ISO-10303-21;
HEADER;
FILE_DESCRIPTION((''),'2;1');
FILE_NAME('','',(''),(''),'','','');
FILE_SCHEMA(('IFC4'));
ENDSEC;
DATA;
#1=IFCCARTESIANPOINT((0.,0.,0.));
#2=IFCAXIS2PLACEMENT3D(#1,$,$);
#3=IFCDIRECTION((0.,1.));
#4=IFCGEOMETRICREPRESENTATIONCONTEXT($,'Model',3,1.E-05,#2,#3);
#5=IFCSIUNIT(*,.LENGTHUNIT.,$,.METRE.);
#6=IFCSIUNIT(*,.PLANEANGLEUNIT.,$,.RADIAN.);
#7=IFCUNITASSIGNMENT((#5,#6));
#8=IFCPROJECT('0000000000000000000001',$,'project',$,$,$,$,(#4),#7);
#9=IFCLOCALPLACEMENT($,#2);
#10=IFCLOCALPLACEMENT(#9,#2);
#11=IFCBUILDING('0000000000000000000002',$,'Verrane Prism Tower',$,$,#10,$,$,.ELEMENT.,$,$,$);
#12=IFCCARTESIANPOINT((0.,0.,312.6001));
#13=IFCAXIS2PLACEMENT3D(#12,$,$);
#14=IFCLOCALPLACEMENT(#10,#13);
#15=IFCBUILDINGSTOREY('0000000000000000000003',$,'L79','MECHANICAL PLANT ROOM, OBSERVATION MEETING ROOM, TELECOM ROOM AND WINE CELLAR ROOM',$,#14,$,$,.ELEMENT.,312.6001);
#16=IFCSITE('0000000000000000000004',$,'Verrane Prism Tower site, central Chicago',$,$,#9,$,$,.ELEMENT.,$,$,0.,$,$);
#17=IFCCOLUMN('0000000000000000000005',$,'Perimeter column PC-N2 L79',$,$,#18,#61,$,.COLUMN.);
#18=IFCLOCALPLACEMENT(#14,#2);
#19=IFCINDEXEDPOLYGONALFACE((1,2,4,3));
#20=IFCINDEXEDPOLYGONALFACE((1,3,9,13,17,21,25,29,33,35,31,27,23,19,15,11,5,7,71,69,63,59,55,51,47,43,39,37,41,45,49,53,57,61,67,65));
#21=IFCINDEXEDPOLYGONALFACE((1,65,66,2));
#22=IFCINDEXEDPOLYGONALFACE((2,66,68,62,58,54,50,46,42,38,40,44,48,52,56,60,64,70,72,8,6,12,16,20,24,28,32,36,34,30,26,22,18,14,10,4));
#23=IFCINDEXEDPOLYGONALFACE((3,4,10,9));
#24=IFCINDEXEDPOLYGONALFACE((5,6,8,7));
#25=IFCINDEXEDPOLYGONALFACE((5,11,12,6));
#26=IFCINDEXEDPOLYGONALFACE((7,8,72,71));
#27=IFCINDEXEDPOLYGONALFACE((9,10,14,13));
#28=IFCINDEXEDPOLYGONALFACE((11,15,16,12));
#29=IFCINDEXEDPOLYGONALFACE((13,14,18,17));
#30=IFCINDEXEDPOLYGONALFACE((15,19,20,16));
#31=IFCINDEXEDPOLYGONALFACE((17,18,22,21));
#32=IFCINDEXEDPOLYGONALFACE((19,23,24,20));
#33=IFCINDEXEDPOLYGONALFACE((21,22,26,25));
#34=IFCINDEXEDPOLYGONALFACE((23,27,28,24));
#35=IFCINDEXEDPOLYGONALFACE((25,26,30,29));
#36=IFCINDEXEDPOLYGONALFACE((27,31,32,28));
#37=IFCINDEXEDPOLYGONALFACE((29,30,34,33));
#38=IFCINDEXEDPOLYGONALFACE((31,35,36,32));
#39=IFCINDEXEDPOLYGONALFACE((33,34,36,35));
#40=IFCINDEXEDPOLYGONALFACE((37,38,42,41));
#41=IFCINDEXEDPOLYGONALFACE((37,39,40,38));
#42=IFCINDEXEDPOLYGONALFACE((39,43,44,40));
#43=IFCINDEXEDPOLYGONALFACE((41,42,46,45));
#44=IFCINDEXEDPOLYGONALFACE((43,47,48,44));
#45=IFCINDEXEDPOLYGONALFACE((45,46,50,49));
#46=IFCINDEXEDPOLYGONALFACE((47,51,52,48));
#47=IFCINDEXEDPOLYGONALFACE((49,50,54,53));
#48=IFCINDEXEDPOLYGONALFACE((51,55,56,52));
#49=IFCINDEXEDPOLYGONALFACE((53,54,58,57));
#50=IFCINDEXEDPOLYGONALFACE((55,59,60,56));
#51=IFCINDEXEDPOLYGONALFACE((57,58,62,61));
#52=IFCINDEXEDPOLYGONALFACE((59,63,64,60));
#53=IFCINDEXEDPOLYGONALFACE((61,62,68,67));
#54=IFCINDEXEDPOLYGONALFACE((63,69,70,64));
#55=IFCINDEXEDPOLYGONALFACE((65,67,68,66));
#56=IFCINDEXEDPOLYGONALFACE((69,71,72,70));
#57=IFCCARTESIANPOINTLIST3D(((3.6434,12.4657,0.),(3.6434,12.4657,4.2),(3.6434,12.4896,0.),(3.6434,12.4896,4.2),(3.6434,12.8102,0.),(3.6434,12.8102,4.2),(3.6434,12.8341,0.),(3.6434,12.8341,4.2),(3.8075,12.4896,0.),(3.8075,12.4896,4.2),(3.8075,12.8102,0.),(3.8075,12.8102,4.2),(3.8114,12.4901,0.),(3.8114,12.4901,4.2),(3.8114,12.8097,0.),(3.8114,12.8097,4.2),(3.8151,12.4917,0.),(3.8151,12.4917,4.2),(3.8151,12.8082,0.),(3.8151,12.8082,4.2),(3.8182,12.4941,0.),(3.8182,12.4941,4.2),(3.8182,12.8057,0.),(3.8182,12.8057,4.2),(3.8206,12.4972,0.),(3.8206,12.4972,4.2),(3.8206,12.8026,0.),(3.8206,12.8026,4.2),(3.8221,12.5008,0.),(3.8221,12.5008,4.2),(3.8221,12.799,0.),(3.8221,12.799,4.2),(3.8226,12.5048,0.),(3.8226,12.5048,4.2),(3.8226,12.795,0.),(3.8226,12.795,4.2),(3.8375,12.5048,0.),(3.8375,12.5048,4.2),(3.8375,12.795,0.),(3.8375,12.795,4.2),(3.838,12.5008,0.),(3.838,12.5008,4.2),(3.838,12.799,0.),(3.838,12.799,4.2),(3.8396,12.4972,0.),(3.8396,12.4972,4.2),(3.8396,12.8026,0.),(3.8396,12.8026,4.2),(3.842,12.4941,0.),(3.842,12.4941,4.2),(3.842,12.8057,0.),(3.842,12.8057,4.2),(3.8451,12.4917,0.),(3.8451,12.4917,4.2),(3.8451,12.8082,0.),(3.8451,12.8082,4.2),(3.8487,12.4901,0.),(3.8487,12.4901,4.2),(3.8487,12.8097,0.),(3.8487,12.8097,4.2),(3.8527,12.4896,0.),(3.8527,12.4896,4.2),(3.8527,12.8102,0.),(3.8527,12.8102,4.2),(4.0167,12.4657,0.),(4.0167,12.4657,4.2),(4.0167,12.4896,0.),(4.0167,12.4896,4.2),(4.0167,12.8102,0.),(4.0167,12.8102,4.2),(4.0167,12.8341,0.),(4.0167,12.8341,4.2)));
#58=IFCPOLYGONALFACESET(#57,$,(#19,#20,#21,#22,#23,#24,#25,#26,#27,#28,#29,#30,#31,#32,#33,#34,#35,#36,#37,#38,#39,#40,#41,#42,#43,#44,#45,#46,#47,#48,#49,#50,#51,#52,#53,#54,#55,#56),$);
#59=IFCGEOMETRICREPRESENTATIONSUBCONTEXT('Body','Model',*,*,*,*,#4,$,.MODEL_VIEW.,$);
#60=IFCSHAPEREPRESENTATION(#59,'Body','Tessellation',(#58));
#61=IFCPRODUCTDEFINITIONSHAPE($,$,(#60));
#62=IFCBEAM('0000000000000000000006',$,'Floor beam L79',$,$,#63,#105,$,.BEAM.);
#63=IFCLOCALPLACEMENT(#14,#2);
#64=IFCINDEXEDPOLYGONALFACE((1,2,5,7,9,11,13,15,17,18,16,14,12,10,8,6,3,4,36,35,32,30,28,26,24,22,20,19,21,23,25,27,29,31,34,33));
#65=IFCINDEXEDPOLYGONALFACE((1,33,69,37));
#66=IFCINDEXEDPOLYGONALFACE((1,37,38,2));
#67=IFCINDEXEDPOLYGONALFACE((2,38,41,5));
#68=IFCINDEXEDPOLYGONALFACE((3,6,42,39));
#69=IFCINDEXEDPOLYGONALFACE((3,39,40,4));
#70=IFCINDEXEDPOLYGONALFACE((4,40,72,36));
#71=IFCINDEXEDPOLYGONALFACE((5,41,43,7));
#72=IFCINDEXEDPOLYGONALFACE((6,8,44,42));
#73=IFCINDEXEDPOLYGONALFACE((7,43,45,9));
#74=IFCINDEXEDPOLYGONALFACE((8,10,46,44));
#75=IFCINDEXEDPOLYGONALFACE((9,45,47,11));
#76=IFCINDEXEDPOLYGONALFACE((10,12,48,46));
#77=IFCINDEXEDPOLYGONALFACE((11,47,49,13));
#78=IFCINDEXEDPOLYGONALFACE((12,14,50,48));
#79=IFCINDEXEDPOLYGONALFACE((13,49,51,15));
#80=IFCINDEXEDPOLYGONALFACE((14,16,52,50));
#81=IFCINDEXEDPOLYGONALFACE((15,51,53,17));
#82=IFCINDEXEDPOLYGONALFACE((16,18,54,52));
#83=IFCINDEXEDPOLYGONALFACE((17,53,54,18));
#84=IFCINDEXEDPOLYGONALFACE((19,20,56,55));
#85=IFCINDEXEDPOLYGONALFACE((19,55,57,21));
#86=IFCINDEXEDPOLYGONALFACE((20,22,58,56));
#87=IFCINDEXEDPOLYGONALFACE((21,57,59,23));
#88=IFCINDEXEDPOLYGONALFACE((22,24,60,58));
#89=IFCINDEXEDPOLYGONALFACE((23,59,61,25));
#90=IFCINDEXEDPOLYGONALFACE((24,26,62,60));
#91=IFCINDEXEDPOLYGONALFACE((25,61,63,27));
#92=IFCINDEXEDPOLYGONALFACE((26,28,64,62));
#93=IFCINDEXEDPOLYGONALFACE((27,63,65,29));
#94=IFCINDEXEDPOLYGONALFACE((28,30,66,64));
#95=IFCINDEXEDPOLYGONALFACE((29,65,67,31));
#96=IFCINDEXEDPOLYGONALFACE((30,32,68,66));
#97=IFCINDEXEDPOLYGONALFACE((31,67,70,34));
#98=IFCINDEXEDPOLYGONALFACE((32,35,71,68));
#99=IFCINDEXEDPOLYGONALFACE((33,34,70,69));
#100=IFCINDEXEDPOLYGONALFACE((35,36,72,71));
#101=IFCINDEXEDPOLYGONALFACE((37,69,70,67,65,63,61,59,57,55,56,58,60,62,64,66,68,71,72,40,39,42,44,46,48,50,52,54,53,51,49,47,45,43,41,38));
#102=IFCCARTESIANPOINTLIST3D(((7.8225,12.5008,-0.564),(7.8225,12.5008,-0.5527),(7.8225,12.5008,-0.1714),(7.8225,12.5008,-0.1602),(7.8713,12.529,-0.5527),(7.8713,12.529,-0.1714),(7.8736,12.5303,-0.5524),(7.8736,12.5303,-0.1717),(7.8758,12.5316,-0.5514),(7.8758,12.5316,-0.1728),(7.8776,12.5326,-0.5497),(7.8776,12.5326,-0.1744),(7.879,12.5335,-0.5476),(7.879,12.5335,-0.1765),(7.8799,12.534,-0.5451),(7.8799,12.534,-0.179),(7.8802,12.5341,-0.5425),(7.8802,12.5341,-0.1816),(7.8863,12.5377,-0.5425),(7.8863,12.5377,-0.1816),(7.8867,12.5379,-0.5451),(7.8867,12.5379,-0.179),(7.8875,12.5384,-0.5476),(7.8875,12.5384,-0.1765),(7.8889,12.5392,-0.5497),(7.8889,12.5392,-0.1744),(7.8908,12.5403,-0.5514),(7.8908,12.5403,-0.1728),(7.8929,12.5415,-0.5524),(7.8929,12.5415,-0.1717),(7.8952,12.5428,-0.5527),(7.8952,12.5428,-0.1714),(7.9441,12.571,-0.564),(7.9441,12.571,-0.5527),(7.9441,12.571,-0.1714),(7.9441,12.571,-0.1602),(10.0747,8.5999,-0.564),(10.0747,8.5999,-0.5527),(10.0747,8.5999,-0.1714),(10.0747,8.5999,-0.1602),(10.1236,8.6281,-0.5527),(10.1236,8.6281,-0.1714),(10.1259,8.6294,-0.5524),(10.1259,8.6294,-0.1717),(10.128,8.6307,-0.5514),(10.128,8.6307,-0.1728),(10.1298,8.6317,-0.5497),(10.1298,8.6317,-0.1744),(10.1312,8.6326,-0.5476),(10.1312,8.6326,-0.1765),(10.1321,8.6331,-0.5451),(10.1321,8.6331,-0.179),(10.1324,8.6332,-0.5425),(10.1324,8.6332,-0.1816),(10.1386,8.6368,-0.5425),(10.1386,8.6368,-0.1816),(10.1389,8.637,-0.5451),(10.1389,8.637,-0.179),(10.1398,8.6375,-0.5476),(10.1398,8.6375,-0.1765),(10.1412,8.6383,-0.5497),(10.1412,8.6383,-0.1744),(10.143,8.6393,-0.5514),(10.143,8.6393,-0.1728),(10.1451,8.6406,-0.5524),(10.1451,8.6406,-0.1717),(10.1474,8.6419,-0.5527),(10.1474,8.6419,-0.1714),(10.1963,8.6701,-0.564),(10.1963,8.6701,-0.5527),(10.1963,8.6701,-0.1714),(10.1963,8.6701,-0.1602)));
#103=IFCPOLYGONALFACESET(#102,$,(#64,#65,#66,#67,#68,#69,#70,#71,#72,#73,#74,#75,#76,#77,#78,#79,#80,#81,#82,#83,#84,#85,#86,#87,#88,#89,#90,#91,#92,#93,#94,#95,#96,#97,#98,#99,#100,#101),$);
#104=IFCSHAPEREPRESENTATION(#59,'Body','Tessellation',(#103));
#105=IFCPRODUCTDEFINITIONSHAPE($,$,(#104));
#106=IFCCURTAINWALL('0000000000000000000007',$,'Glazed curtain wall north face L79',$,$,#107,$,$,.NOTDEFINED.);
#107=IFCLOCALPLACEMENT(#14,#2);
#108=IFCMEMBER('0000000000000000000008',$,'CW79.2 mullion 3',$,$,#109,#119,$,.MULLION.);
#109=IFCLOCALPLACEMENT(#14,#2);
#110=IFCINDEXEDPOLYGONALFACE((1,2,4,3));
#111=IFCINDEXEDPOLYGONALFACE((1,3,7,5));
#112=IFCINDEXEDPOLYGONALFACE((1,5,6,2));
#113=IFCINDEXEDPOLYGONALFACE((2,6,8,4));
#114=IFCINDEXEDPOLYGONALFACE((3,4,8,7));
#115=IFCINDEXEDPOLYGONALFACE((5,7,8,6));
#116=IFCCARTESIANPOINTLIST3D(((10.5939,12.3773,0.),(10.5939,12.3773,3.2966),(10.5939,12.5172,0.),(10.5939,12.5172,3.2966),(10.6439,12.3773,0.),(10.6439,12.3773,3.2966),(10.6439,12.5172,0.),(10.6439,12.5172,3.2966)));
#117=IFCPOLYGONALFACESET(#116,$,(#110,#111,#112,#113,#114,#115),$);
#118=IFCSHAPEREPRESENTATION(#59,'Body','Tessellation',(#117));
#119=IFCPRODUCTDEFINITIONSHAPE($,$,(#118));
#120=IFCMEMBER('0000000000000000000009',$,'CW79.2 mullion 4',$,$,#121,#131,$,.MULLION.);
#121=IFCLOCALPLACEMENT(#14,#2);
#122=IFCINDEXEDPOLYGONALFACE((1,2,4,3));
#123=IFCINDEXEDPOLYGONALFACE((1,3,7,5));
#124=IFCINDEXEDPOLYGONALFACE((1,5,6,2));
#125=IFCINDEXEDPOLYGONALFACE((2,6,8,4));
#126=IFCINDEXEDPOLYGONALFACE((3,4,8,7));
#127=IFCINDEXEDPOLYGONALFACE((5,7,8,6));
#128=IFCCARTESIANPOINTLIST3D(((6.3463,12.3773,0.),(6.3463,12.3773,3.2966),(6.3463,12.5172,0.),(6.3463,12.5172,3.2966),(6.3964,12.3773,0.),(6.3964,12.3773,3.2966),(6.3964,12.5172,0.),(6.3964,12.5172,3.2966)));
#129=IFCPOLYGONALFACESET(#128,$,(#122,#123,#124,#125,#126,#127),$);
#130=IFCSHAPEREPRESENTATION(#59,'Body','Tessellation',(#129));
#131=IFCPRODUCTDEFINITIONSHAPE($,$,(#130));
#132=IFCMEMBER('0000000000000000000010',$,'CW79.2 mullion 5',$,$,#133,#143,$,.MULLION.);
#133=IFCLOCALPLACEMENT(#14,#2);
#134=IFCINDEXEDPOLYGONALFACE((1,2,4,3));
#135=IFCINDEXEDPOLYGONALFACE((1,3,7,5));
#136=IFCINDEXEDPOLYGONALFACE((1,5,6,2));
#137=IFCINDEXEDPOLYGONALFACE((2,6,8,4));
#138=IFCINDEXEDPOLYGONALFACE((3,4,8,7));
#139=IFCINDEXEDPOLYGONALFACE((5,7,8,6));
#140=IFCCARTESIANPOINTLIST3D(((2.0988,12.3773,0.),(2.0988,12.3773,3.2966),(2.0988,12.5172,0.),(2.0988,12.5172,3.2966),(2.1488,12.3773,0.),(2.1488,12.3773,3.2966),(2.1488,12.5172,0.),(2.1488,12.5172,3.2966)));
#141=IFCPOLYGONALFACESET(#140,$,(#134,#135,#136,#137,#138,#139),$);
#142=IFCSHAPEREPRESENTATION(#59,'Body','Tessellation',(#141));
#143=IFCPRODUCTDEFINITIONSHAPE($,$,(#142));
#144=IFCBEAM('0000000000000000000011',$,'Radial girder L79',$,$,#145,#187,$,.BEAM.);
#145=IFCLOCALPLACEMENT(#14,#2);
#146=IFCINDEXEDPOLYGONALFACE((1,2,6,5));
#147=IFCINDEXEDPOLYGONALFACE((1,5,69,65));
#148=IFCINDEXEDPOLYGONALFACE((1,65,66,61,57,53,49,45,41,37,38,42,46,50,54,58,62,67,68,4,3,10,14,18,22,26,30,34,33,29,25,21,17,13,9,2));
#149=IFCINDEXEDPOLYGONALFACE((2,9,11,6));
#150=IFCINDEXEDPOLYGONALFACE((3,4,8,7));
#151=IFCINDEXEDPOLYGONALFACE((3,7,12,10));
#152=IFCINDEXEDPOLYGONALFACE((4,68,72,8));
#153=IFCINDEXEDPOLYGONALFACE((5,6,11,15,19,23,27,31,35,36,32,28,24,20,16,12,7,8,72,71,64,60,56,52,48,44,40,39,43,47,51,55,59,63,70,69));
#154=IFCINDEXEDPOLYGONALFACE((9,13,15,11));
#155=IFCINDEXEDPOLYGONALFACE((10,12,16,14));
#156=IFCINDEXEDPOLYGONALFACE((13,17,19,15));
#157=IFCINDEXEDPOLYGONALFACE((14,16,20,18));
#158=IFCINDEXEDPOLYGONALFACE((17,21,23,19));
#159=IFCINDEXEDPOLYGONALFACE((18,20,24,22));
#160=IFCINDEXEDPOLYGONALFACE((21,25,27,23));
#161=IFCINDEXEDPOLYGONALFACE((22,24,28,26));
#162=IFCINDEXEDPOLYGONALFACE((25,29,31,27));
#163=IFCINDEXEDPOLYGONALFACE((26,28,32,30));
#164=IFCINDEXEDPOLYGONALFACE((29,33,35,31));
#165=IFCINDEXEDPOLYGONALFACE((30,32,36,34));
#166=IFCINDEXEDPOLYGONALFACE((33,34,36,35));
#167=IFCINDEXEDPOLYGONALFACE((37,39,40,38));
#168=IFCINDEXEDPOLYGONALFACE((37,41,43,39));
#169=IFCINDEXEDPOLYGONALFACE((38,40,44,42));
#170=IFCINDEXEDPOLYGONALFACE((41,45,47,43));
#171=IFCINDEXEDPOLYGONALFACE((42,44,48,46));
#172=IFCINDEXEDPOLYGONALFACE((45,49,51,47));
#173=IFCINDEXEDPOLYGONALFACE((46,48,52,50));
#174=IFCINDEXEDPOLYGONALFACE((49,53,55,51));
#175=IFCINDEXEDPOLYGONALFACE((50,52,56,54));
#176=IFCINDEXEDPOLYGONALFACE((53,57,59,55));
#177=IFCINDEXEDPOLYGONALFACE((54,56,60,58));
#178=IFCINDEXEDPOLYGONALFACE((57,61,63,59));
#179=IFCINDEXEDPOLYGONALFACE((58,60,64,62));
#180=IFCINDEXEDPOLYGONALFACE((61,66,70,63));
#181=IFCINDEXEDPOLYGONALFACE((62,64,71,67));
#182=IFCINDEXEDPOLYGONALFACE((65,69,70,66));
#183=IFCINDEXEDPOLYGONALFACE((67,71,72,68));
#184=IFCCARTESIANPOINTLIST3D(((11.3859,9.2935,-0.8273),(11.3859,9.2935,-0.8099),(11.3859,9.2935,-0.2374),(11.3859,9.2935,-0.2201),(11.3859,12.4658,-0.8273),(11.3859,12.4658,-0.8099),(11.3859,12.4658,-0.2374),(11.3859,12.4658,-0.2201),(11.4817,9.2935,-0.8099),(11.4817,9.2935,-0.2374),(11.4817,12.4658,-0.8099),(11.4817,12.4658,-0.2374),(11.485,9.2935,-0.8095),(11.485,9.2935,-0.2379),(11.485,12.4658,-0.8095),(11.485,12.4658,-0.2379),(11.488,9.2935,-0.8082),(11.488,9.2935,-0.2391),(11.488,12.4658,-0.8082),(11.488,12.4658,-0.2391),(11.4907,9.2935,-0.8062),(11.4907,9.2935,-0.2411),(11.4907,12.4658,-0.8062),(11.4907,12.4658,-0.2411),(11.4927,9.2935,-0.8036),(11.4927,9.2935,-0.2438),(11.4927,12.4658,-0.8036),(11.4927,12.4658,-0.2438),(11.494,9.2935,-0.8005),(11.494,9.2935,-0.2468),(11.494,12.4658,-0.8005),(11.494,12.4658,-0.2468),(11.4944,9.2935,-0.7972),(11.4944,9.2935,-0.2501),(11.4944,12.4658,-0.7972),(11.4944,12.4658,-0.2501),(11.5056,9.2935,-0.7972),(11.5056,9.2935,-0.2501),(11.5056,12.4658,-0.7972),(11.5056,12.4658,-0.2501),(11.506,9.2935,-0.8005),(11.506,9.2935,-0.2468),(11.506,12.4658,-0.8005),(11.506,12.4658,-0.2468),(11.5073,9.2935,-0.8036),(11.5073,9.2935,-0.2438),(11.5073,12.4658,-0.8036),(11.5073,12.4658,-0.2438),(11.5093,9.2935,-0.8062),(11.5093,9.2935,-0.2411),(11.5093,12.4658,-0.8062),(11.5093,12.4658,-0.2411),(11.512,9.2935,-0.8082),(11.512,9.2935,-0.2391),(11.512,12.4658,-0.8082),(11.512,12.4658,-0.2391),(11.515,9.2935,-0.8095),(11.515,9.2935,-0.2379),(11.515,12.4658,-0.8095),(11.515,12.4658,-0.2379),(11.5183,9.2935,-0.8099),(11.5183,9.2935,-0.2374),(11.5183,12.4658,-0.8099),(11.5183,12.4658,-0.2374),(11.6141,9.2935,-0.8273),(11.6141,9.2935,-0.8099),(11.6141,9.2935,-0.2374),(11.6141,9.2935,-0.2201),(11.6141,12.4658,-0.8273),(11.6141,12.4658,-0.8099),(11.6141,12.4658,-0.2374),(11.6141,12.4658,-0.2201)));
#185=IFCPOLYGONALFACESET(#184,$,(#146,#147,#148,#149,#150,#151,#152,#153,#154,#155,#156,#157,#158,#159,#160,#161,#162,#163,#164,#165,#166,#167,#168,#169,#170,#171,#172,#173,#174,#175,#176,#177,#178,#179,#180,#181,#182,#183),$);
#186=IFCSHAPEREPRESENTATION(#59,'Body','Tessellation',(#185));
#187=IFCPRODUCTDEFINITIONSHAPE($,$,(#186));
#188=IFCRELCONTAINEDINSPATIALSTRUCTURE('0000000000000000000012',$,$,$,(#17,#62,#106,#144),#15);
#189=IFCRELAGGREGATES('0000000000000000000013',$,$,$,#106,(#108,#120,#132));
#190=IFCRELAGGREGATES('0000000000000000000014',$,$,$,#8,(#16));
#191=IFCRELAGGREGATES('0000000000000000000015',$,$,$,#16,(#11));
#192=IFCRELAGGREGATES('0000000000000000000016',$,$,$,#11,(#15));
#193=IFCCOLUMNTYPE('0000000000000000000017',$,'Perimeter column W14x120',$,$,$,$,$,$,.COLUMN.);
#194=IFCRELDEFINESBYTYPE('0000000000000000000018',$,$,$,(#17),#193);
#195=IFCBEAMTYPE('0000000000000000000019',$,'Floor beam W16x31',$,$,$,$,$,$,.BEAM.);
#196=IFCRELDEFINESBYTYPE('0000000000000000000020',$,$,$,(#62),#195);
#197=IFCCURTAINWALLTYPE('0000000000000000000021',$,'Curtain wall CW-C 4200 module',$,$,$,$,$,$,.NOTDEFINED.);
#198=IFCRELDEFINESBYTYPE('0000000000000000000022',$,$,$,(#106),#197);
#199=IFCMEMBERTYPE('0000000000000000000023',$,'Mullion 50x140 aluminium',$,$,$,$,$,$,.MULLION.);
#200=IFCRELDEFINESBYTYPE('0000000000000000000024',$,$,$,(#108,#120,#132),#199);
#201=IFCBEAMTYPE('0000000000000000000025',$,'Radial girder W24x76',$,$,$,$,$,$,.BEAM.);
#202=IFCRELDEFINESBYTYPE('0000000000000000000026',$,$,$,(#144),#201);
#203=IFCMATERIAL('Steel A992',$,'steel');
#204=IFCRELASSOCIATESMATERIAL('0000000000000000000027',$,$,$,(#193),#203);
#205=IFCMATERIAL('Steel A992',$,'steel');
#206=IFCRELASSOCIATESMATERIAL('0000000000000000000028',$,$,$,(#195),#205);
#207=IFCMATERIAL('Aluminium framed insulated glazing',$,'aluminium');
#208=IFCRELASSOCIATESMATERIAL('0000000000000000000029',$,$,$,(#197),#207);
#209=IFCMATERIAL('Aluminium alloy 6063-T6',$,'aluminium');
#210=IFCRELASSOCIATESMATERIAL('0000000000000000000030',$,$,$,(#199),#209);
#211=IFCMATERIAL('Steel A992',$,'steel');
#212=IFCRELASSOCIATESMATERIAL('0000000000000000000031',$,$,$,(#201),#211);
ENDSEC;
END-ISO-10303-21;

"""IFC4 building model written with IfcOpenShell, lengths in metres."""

from ifc_helpers import new_model, si_unit, direction, frame, origin, origin_2d, place, context, subcontext, project, spatial, rectangle, i_section, extrude, material, material_profile, profile_set, type_object, element, aggregate, save


model = new_model("IFC4")

# Units and contexts
model_context = context("Model", 3, precision=1e-05, world=origin(), true_north=direction((0.0, 1.0)))
body_context = subcontext(model_context, "Body", "Model", "MODEL_VIEW")
ifc_project = project(units=[si_unit("LENGTHUNIT", "METRE"), si_unit("PLANEANGLEUNIT", "RADIAN")], contexts=[model_context])

# Site, building, storey
site_placement = place(None, origin())
site = spatial("IfcSite", under=ifc_project, at=site_placement, Name="Verrane Prism Tower site, central Chicago", CompositionType="ELEMENT", RefElevation=0.0)
building_placement = place(site_placement, origin())
building = spatial("IfcBuilding", under=site, at=building_placement, Name="Verrane Prism Tower", CompositionType="ELEMENT")
storey_placement = place(building_placement, frame((0.0, 0.0, 312.6001)))
storey = spatial("IfcBuildingStorey", under=building, at=storey_placement, Name="L79", Description="MECHANICAL PLANT ROOM, OBSERVATION MEETING ROOM, TELECOM ROOM AND WINE CELLAR ROOM", CompositionType="ELEMENT", Elevation=312.6001)

# Column
ifc_material_1 = material(Name="Steel A992", Category="steel")
ifc_material_profile_1 = material_profile(ifc_material_1, i_section(OverallWidth=0.3733, OverallDepth=0.3684, WebThickness=0.0149, FlangeThickness=0.0239, FilletRadius=0.0151, at=origin_2d()), Name="W14x120")
ifc_profile_set_1 = profile_set([ifc_material_profile_1], Name="Steel A992")
column_type = type_object("IfcColumnType", Name="Perimeter column W14x120", PredefinedType="COLUMN", material=ifc_profile_set_1)
column_placement = place(storey_placement, frame((3.8301, 12.6499, 0.0), z_axis=(0.0, 0.0, 1.0), x_axis=(1.0, 0.0, 0.0)))
element("IfcColumn", 1, at=column_placement, inside=storey, type_object=column_type, Name="Perimeter column PC-N2 L79", PredefinedType="COLUMN", context=body_context, shape_type="SweptSolid", body=[
    extrude(i_section(OverallWidth=0.3733, OverallDepth=0.3684, WebThickness=0.0149, FlangeThickness=0.0239, FilletRadius=0.0151, at=origin_2d()), origin(), (0.0, 0.0, 1.0), 4.2),
])

# Beam
ifc_material_2 = material(Name="Steel A992", Category="steel")
ifc_material_profile_2 = material_profile(ifc_material_2, i_section(OverallWidth=0.1404, OverallDepth=0.4038, WebThickness=0.0071, FlangeThickness=0.0112, FilletRadius=0.0103, at=origin_2d()), Name="W16x31")
ifc_profile_set_2 = profile_set([ifc_material_profile_2], Name="Steel A992")
beam_type_1 = type_object("IfcBeamType", Name="Floor beam W16x31", PredefinedType="BEAM", material=ifc_profile_set_2)
beam_1_placement = place(storey_placement, frame((10.1355, 8.635, -0.3621), z_axis=(-0.500004, 0.866023, 0.0), x_axis=(-0.866023, -0.500004, 0.0)))
element("IfcBeam", 2, at=beam_1_placement, inside=storey, type_object=beam_type_1, Name="Floor beam L79", PredefinedType="BEAM", context=body_context, shape_type="SweptSolid", body=[
    extrude(i_section(OverallWidth=0.1404, OverallDepth=0.4038, WebThickness=0.0071, FlangeThickness=0.0112, FilletRadius=0.0103, at=origin_2d()), origin(), (0.0, 0.0, 1.0), 4.5044),
])

# Curtain wall, members
ifc_material_3 = material(Name="Aluminium framed insulated glazing", Category="aluminium")
curtain_wall_type = type_object("IfcCurtainWallType", Name="Curtain wall CW-C 4200 module", PredefinedType="NOTDEFINED", material=ifc_material_3)
curtain_wall_placement = place(storey_placement, origin())
curtain_wall = element("IfcCurtainWall", 3, at=curtain_wall_placement, inside=storey, type_object=curtain_wall_type, Name="Glazed curtain wall north face L79", PredefinedType="NOTDEFINED")
ifc_material_4 = material(Name="Aluminium alloy 6063-T6", Category="aluminium")
ifc_material_profile_3 = material_profile(ifc_material_4, rectangle(XDim=0.1399, YDim=0.05, at=origin_2d()), Name="Mullion 50x140 aluminium")
ifc_profile_set_3 = profile_set([ifc_material_profile_3], Name="Aluminium alloy 6063-T6")
member_type_1 = type_object("IfcMemberType", Name="Mullion 50x140 aluminium", PredefinedType="MULLION", material=ifc_profile_set_3)
member_1_placement = place(storey_placement, frame((10.6189, 12.4473, 0.0), z_axis=(0.0, 0.0, 1.0), x_axis=(0.0, -1.0, 0.0)))
member_1 = element("IfcMember", 4, at=member_1_placement, type_object=member_type_1, Name="CW79.2 mullion 3", PredefinedType="MULLION", context=body_context, shape_type="SweptSolid", body=[
    extrude(rectangle(XDim=0.1399, YDim=0.05, at=origin_2d()), origin(), (0.0, 0.0, 1.0), 3.2966),
])
member_2_placement = place(storey_placement, frame((6.3713, 12.4473, 0.0), z_axis=(0.0, 0.0, 1.0), x_axis=(0.0, -1.0, 0.0)))
member_2 = element("IfcMember", 5, at=member_2_placement, type_object=member_type_1, Name="CW79.2 mullion 4", PredefinedType="MULLION", context=body_context, shape_type="SweptSolid", body=[
    extrude(rectangle(XDim=0.1399, YDim=0.05, at=origin_2d()), origin(), (0.0, 0.0, 1.0), 3.2966),
])
member_3_placement = place(storey_placement, frame((2.1238, 12.4473, 0.0), z_axis=(0.0, 0.0, 1.0), x_axis=(0.0, -1.0, 0.0)))
member_3 = element("IfcMember", 6, at=member_3_placement, type_object=member_type_1, Name="CW79.2 mullion 5", PredefinedType="MULLION", context=body_context, shape_type="SweptSolid", body=[
    extrude(rectangle(XDim=0.1399, YDim=0.05, at=origin_2d()), origin(), (0.0, 0.0, 1.0), 3.2966),
])

# Beam
ifc_material_5 = material(Name="Steel A992", Category="steel")
ifc_material_profile_4 = material_profile(ifc_material_5, i_section(OverallWidth=0.2283, OverallDepth=0.6072, WebThickness=0.0112, FlangeThickness=0.0173, FilletRadius=0.0127, at=origin_2d()), Name="W24x76")
ifc_profile_set_4 = profile_set([ifc_material_profile_4], Name="Steel A992")
beam_type_2 = type_object("IfcBeamType", Name="Radial girder W24x76", PredefinedType="BEAM", material=ifc_profile_set_4)
beam_2_placement = place(storey_placement, frame((11.5, 12.4658, -0.5237), z_axis=(0.0, -1.0, 0.0), x_axis=(1.0, 0.0, 0.0)))
element("IfcBeam", 7, at=beam_2_placement, inside=storey, type_object=beam_type_2, Name="Radial girder L79", PredefinedType="BEAM", context=body_context, shape_type="SweptSolid", body=[
    extrude(i_section(OverallWidth=0.2283, OverallDepth=0.6072, WebThickness=0.0112, FlangeThickness=0.0173, FilletRadius=0.0127, at=origin_2d()), origin(), (0.0, 0.0, 1.0), 3.1724),
])

aggregate(curtain_wall, [member_1, member_2, member_3])

save(model, "model.ifc")
